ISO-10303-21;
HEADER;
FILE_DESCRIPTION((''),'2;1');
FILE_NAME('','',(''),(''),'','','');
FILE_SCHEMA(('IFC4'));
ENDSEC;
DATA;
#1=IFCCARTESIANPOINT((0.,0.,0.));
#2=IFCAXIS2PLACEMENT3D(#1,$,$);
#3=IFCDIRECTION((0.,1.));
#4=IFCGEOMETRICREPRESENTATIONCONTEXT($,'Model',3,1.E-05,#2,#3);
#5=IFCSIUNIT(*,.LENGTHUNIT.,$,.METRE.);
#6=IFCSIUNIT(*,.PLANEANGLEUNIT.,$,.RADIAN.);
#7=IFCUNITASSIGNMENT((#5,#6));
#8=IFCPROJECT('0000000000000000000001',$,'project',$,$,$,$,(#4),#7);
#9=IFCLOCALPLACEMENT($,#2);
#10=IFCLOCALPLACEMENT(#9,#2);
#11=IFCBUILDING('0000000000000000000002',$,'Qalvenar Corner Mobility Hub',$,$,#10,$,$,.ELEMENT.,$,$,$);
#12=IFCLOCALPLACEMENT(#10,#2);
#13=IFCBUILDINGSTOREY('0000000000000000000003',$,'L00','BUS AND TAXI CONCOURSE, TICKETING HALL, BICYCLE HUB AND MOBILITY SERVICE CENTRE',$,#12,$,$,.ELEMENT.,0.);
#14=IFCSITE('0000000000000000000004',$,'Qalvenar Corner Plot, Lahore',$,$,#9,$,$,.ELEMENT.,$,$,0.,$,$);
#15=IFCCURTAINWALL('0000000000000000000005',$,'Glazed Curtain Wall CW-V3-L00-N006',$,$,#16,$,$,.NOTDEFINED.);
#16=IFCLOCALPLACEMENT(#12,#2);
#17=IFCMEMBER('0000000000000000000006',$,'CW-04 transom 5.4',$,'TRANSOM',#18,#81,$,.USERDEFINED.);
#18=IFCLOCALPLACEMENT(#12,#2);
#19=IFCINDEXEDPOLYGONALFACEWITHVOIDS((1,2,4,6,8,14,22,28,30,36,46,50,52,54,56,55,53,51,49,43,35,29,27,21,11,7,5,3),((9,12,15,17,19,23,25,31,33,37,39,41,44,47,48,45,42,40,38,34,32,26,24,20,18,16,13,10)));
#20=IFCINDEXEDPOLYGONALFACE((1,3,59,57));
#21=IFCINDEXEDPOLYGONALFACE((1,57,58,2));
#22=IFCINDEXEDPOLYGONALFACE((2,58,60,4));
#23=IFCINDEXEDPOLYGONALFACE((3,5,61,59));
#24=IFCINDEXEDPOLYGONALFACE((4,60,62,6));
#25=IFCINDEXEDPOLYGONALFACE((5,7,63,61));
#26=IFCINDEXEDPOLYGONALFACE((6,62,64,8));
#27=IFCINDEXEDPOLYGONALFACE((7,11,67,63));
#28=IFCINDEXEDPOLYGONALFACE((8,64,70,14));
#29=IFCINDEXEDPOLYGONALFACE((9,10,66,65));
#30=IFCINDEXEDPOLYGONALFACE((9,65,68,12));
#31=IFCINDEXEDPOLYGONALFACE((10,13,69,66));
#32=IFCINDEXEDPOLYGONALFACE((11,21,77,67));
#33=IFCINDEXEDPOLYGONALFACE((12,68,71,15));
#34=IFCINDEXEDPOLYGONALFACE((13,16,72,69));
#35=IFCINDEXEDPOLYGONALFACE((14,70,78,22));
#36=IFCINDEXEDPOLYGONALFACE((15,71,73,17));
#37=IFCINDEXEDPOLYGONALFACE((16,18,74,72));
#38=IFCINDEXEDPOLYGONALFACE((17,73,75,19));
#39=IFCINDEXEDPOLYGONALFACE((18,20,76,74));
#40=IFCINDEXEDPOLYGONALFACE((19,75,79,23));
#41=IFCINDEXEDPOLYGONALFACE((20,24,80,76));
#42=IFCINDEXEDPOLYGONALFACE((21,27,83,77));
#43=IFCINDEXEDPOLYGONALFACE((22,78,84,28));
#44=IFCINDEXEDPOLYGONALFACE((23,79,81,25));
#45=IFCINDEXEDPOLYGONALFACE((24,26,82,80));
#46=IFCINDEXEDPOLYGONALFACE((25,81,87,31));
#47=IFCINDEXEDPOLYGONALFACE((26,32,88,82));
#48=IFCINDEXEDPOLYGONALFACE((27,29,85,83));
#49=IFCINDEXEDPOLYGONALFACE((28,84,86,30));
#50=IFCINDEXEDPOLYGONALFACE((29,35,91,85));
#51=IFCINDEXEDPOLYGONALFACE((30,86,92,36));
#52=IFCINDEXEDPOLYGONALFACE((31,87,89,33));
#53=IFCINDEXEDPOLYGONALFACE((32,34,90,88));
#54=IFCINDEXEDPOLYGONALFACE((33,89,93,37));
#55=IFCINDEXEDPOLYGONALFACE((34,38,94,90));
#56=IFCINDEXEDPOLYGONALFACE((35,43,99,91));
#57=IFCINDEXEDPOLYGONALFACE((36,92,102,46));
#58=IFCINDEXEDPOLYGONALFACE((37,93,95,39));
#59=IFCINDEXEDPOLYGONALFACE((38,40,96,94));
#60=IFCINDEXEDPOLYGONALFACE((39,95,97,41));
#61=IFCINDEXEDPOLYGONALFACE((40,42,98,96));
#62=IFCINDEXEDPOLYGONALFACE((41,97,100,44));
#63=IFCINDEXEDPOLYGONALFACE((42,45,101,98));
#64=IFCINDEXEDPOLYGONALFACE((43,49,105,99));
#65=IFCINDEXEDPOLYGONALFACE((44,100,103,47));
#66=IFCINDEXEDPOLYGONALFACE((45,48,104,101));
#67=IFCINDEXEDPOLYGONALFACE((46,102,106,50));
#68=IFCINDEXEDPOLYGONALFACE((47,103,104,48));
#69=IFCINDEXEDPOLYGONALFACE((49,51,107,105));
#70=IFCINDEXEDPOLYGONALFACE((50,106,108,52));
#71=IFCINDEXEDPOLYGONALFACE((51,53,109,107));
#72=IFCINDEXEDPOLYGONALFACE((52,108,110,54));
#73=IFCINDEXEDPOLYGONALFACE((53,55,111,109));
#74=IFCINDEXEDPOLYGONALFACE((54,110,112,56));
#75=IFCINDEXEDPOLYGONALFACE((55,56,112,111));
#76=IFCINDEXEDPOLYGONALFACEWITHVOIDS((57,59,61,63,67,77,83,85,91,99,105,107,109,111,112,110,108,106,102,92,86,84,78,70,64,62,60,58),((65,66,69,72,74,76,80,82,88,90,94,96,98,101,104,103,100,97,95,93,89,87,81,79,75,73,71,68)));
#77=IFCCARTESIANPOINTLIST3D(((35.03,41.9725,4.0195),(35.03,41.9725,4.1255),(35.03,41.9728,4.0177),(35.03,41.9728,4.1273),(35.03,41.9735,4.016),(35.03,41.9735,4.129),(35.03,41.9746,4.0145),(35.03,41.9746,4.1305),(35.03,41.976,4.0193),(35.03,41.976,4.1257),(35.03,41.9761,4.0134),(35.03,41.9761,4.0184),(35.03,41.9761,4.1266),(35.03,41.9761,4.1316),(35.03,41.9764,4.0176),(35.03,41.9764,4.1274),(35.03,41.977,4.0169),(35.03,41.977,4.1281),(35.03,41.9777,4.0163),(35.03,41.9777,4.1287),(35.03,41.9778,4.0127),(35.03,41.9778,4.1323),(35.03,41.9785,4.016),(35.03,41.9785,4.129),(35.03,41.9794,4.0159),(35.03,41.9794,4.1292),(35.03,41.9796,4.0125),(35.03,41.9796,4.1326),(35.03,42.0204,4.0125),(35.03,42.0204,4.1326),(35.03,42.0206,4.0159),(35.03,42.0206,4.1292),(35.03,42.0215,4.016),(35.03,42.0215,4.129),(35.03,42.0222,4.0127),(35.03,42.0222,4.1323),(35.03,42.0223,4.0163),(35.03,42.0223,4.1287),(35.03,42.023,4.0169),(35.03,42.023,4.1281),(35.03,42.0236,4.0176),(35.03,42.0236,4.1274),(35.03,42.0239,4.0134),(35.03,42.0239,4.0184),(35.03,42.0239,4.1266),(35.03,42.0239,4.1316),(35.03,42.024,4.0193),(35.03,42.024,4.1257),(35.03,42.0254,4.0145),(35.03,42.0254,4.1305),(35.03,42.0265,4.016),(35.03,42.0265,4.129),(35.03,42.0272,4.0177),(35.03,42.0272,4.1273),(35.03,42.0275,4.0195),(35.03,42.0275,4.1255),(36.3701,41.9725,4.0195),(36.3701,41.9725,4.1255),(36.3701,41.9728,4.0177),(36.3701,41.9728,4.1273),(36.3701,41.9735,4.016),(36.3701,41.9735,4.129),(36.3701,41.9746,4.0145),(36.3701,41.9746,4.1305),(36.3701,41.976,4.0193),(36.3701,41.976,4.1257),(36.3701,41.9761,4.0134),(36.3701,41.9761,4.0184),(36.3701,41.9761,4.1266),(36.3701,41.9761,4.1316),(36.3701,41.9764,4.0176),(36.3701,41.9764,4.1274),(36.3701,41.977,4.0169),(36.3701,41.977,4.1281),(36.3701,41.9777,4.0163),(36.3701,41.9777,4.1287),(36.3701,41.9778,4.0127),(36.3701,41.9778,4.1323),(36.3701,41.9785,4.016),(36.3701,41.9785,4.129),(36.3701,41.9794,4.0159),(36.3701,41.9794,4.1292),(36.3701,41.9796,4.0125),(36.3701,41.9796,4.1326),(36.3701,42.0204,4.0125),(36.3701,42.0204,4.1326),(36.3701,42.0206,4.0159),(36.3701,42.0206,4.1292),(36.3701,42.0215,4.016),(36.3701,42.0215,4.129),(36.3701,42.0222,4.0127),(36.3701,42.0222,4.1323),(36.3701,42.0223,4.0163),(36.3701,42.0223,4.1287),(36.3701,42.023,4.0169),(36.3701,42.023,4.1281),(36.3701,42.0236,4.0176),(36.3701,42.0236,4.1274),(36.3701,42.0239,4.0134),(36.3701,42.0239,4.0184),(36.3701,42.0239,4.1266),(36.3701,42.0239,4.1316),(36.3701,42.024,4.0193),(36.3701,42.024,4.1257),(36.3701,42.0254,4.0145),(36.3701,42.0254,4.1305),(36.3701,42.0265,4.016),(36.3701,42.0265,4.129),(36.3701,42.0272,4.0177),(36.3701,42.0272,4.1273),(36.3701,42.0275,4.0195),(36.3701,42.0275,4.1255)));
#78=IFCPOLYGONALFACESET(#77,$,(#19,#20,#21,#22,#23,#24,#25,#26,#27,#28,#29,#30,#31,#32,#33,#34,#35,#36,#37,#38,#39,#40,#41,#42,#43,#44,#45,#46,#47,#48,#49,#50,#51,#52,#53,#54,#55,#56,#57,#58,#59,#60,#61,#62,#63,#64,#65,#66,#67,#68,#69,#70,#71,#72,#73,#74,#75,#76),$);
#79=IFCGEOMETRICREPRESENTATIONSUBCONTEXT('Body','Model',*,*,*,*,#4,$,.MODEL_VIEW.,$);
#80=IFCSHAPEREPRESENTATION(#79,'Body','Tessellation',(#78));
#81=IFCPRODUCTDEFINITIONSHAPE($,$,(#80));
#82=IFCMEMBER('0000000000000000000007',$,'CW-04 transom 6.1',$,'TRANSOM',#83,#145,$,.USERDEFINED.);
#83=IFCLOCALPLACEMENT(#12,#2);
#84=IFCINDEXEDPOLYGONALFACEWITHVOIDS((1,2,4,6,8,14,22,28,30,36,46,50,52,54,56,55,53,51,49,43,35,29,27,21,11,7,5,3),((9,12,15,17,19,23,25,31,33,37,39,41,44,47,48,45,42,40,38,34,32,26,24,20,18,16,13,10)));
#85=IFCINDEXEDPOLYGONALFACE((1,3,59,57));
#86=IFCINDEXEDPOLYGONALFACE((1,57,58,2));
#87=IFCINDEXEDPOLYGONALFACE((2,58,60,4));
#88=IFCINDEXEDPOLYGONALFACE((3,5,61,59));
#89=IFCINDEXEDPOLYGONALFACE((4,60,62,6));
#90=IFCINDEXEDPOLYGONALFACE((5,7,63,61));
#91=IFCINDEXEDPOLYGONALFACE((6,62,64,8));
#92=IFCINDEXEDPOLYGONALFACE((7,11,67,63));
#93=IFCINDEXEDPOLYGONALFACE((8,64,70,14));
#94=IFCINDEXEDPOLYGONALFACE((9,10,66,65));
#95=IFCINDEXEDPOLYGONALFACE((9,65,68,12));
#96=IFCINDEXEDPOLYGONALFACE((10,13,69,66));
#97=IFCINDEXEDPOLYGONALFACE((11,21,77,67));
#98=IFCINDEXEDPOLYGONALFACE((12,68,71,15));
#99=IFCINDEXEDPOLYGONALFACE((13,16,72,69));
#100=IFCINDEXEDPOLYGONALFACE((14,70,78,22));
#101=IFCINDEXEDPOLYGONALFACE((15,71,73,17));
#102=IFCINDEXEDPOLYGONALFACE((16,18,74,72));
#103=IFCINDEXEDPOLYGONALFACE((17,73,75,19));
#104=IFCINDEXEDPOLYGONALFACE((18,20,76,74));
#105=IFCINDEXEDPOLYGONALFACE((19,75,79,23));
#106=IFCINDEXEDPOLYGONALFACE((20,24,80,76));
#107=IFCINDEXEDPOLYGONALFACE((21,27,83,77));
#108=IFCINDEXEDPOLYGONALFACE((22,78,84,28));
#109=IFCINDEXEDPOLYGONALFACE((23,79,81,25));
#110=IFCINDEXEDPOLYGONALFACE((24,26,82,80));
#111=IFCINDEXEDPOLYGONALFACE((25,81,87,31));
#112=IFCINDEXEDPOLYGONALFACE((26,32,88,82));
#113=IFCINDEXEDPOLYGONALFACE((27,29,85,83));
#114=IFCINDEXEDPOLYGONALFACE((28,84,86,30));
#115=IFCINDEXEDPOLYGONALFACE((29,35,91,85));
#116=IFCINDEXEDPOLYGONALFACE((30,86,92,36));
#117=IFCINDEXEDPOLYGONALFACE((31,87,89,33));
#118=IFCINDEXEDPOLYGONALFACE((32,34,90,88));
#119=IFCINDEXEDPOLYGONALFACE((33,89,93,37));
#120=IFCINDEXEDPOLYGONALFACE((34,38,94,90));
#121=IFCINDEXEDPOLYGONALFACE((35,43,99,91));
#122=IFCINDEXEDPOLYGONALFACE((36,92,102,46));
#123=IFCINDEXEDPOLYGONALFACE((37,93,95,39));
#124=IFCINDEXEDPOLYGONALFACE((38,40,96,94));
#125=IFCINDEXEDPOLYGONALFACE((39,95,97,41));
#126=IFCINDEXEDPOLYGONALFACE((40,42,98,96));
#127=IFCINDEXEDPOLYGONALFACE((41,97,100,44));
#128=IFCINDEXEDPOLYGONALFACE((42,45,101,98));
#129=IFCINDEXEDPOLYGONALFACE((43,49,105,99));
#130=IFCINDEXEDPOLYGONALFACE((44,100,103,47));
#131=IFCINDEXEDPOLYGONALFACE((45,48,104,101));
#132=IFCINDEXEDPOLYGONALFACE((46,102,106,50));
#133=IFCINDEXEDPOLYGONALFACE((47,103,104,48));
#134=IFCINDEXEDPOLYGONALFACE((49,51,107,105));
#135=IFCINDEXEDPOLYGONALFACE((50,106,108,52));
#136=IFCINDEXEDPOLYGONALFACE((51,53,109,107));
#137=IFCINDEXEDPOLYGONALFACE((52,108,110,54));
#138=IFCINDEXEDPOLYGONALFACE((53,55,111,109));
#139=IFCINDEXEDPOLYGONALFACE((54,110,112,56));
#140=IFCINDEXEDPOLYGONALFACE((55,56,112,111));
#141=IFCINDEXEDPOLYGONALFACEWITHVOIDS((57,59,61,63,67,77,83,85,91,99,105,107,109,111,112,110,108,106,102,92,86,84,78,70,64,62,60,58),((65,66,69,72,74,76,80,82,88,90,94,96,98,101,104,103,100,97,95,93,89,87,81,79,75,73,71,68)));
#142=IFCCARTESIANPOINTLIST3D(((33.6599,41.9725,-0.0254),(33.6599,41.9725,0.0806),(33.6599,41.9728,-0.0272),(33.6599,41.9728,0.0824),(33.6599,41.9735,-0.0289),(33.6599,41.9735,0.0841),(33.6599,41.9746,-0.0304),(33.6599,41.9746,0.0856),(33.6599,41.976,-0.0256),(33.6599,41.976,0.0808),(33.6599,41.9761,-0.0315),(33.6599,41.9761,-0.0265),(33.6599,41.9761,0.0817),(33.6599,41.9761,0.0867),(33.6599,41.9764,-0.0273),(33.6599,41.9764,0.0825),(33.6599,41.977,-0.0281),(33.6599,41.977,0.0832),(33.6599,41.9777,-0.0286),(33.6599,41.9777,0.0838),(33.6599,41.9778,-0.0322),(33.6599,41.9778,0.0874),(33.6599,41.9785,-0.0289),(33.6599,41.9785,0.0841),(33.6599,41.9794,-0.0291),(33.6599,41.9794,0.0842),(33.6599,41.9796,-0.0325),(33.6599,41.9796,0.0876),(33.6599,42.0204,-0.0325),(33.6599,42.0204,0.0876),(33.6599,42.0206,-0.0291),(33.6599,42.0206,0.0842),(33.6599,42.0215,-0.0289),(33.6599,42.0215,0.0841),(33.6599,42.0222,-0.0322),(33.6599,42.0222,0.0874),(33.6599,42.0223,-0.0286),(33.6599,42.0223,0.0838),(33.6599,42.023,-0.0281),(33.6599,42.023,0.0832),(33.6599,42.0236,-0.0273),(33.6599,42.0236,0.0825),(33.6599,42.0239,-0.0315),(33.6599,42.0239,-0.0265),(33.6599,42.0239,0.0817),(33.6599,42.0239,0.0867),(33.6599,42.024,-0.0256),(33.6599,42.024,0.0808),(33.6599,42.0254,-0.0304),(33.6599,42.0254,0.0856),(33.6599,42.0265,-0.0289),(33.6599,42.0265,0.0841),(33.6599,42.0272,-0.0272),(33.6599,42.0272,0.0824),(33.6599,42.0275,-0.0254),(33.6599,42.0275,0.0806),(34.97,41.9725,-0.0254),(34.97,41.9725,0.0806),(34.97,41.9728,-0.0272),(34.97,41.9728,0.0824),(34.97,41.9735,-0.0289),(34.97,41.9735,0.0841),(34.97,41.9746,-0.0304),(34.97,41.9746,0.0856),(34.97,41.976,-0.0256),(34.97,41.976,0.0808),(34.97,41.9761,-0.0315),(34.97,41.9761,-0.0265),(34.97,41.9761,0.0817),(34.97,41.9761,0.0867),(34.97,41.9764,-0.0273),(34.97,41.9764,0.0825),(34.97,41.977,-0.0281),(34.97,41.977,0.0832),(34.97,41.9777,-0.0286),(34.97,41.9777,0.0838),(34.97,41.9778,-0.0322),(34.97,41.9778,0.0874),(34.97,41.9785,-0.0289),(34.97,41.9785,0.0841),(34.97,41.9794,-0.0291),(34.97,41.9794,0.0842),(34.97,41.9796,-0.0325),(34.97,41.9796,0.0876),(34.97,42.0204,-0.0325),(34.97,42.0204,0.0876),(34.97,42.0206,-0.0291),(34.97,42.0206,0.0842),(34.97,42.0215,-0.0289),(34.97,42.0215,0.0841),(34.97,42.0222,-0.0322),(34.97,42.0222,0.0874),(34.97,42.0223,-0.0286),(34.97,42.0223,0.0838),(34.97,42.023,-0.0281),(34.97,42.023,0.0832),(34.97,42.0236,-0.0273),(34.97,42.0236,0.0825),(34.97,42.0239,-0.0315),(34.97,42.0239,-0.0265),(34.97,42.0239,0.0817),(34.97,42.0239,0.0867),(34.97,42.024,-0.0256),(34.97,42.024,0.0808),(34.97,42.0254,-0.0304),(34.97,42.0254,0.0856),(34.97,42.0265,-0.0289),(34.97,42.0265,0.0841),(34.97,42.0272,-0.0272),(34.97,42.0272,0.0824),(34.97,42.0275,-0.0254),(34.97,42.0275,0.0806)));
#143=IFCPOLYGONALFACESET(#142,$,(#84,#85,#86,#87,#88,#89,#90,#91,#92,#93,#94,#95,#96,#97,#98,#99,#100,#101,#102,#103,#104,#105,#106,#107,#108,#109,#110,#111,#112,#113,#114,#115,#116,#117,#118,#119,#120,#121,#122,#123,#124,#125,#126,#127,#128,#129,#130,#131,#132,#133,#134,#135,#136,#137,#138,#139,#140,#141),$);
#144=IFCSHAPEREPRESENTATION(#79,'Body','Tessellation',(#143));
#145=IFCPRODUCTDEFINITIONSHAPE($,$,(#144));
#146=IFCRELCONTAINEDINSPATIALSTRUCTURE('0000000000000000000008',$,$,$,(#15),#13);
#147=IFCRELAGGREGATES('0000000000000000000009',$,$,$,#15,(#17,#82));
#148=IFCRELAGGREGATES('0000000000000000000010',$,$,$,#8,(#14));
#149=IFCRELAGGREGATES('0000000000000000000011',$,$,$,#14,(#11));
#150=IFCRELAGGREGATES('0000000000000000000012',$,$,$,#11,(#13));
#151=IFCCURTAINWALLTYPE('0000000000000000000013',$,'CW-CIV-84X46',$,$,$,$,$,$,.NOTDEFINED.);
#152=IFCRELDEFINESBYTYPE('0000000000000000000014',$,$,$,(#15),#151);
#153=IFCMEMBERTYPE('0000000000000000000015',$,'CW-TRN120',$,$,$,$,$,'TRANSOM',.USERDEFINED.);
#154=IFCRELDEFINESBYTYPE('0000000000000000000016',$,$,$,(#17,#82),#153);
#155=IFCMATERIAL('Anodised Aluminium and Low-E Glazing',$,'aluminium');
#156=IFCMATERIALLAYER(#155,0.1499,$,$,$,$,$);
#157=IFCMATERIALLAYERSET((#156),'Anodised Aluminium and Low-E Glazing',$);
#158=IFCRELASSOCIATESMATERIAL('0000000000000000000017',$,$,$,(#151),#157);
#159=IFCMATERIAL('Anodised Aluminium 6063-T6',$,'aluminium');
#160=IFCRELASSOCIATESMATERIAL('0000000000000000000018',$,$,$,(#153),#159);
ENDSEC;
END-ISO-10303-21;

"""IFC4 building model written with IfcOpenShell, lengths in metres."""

from ifc_helpers import new_model, si_unit, direction, frame, origin, origin_2d, place, context, subcontext, project, spatial, hollow_rectangle, extrude, material, layer, layer_set, material_profile, profile_set, type_object, element, aggregate, save


model = new_model("IFC4")

# Units and contexts
model_context = context("Model", 3, precision=1e-05, world=origin(), true_north=direction((0.0, 1.0)))
body_context = subcontext(model_context, "Body", "Model", "MODEL_VIEW")
ifc_project = project(units=[si_unit("LENGTHUNIT", "METRE"), si_unit("PLANEANGLEUNIT", "RADIAN")], contexts=[model_context])

# Site, building, storey
site_placement = place(None, origin())
site = spatial("IfcSite", under=ifc_project, at=site_placement, Name="Qalvenar Corner Plot, Lahore", CompositionType="ELEMENT", RefElevation=0.0)
building_placement = place(site_placement, origin())
building = spatial("IfcBuilding", under=site, at=building_placement, Name="Qalvenar Corner Mobility Hub", CompositionType="ELEMENT")
storey_placement = place(building_placement, origin())
storey = spatial("IfcBuildingStorey", under=building, at=storey_placement, Name="L00", Description="BUS AND TAXI CONCOURSE, TICKETING HALL, BICYCLE HUB AND MOBILITY SERVICE CENTRE", CompositionType="ELEMENT", Elevation=0.0)

# Curtain wall, members
ifc_material_1 = material(Name="Anodised Aluminium and Low-E Glazing", Category="aluminium")
ifc_layer_1 = layer(ifc_material_1, 0.1499)
ifc_layer_set_1 = layer_set([ifc_layer_1], Name="Anodised Aluminium and Low-E Glazing")
curtain_wall_type = type_object("IfcCurtainWallType", Name="CW-CIV-84X46", PredefinedType="NOTDEFINED", material=ifc_layer_set_1)
curtain_wall_placement = place(storey_placement, origin())
curtain_wall = element("IfcCurtainWall", 1, at=curtain_wall_placement, inside=storey, type_object=curtain_wall_type, Name="Glazed Curtain Wall CW-V3-L00-N006", PredefinedType="NOTDEFINED")
ifc_material_2 = material(Name="Anodised Aluminium 6063-T6", Category="aluminium")
ifc_material_profile_1 = material_profile(ifc_material_2, hollow_rectangle(XDim=0.0549, YDim=0.1201, WallThickness=0.0034, InnerFilletRadius=0.0034, OuterFilletRadius=0.0071, at=origin_2d()), Name="RHS120x55x3.5")
ifc_profile_set_1 = profile_set([ifc_material_profile_1], Name="Anodised Aluminium 6063-T6")
member_type_1 = type_object("IfcMemberType", Name="CW-TRN120", ElementType="TRANSOM", PredefinedType="USERDEFINED", material=ifc_profile_set_1)
member_1_placement = place(storey_placement, frame((36.3701, 42.0, 4.0725), z_axis=(-1.0, 0.0, 0.0), x_axis=(0.0, -1.0, 0.0)))
member_1 = element("IfcMember", 2, at=member_1_placement, type_object=member_type_1, Name="CW-04 transom 5.4", ObjectType="TRANSOM", PredefinedType="USERDEFINED", context=body_context, shape_type="SweptSolid", body=[
    extrude(hollow_rectangle(XDim=0.0549, YDim=0.1201, WallThickness=0.0034, InnerFilletRadius=0.0034, OuterFilletRadius=0.0071, at=origin_2d()), origin(), (0.0, 0.0, 1.0), 1.3401),
])
member_2_placement = place(storey_placement, frame((34.97, 42.0, 0.0276), z_axis=(-1.0, 0.0, 0.0), x_axis=(0.0, -1.0, 0.0)))
member_2 = element("IfcMember", 3, at=member_2_placement, type_object=member_type_1, Name="CW-04 transom 6.1", ObjectType="TRANSOM", PredefinedType="USERDEFINED", context=body_context, shape_type="SweptSolid", body=[
    extrude(hollow_rectangle(XDim=0.0549, YDim=0.1201, WallThickness=0.0034, InnerFilletRadius=0.0034, OuterFilletRadius=0.0071, at=origin_2d()), origin(), (0.0, 0.0, 1.0), 1.3101),
])
aggregate(curtain_wall, [member_1, member_2])

save(model, "model.ifc")
